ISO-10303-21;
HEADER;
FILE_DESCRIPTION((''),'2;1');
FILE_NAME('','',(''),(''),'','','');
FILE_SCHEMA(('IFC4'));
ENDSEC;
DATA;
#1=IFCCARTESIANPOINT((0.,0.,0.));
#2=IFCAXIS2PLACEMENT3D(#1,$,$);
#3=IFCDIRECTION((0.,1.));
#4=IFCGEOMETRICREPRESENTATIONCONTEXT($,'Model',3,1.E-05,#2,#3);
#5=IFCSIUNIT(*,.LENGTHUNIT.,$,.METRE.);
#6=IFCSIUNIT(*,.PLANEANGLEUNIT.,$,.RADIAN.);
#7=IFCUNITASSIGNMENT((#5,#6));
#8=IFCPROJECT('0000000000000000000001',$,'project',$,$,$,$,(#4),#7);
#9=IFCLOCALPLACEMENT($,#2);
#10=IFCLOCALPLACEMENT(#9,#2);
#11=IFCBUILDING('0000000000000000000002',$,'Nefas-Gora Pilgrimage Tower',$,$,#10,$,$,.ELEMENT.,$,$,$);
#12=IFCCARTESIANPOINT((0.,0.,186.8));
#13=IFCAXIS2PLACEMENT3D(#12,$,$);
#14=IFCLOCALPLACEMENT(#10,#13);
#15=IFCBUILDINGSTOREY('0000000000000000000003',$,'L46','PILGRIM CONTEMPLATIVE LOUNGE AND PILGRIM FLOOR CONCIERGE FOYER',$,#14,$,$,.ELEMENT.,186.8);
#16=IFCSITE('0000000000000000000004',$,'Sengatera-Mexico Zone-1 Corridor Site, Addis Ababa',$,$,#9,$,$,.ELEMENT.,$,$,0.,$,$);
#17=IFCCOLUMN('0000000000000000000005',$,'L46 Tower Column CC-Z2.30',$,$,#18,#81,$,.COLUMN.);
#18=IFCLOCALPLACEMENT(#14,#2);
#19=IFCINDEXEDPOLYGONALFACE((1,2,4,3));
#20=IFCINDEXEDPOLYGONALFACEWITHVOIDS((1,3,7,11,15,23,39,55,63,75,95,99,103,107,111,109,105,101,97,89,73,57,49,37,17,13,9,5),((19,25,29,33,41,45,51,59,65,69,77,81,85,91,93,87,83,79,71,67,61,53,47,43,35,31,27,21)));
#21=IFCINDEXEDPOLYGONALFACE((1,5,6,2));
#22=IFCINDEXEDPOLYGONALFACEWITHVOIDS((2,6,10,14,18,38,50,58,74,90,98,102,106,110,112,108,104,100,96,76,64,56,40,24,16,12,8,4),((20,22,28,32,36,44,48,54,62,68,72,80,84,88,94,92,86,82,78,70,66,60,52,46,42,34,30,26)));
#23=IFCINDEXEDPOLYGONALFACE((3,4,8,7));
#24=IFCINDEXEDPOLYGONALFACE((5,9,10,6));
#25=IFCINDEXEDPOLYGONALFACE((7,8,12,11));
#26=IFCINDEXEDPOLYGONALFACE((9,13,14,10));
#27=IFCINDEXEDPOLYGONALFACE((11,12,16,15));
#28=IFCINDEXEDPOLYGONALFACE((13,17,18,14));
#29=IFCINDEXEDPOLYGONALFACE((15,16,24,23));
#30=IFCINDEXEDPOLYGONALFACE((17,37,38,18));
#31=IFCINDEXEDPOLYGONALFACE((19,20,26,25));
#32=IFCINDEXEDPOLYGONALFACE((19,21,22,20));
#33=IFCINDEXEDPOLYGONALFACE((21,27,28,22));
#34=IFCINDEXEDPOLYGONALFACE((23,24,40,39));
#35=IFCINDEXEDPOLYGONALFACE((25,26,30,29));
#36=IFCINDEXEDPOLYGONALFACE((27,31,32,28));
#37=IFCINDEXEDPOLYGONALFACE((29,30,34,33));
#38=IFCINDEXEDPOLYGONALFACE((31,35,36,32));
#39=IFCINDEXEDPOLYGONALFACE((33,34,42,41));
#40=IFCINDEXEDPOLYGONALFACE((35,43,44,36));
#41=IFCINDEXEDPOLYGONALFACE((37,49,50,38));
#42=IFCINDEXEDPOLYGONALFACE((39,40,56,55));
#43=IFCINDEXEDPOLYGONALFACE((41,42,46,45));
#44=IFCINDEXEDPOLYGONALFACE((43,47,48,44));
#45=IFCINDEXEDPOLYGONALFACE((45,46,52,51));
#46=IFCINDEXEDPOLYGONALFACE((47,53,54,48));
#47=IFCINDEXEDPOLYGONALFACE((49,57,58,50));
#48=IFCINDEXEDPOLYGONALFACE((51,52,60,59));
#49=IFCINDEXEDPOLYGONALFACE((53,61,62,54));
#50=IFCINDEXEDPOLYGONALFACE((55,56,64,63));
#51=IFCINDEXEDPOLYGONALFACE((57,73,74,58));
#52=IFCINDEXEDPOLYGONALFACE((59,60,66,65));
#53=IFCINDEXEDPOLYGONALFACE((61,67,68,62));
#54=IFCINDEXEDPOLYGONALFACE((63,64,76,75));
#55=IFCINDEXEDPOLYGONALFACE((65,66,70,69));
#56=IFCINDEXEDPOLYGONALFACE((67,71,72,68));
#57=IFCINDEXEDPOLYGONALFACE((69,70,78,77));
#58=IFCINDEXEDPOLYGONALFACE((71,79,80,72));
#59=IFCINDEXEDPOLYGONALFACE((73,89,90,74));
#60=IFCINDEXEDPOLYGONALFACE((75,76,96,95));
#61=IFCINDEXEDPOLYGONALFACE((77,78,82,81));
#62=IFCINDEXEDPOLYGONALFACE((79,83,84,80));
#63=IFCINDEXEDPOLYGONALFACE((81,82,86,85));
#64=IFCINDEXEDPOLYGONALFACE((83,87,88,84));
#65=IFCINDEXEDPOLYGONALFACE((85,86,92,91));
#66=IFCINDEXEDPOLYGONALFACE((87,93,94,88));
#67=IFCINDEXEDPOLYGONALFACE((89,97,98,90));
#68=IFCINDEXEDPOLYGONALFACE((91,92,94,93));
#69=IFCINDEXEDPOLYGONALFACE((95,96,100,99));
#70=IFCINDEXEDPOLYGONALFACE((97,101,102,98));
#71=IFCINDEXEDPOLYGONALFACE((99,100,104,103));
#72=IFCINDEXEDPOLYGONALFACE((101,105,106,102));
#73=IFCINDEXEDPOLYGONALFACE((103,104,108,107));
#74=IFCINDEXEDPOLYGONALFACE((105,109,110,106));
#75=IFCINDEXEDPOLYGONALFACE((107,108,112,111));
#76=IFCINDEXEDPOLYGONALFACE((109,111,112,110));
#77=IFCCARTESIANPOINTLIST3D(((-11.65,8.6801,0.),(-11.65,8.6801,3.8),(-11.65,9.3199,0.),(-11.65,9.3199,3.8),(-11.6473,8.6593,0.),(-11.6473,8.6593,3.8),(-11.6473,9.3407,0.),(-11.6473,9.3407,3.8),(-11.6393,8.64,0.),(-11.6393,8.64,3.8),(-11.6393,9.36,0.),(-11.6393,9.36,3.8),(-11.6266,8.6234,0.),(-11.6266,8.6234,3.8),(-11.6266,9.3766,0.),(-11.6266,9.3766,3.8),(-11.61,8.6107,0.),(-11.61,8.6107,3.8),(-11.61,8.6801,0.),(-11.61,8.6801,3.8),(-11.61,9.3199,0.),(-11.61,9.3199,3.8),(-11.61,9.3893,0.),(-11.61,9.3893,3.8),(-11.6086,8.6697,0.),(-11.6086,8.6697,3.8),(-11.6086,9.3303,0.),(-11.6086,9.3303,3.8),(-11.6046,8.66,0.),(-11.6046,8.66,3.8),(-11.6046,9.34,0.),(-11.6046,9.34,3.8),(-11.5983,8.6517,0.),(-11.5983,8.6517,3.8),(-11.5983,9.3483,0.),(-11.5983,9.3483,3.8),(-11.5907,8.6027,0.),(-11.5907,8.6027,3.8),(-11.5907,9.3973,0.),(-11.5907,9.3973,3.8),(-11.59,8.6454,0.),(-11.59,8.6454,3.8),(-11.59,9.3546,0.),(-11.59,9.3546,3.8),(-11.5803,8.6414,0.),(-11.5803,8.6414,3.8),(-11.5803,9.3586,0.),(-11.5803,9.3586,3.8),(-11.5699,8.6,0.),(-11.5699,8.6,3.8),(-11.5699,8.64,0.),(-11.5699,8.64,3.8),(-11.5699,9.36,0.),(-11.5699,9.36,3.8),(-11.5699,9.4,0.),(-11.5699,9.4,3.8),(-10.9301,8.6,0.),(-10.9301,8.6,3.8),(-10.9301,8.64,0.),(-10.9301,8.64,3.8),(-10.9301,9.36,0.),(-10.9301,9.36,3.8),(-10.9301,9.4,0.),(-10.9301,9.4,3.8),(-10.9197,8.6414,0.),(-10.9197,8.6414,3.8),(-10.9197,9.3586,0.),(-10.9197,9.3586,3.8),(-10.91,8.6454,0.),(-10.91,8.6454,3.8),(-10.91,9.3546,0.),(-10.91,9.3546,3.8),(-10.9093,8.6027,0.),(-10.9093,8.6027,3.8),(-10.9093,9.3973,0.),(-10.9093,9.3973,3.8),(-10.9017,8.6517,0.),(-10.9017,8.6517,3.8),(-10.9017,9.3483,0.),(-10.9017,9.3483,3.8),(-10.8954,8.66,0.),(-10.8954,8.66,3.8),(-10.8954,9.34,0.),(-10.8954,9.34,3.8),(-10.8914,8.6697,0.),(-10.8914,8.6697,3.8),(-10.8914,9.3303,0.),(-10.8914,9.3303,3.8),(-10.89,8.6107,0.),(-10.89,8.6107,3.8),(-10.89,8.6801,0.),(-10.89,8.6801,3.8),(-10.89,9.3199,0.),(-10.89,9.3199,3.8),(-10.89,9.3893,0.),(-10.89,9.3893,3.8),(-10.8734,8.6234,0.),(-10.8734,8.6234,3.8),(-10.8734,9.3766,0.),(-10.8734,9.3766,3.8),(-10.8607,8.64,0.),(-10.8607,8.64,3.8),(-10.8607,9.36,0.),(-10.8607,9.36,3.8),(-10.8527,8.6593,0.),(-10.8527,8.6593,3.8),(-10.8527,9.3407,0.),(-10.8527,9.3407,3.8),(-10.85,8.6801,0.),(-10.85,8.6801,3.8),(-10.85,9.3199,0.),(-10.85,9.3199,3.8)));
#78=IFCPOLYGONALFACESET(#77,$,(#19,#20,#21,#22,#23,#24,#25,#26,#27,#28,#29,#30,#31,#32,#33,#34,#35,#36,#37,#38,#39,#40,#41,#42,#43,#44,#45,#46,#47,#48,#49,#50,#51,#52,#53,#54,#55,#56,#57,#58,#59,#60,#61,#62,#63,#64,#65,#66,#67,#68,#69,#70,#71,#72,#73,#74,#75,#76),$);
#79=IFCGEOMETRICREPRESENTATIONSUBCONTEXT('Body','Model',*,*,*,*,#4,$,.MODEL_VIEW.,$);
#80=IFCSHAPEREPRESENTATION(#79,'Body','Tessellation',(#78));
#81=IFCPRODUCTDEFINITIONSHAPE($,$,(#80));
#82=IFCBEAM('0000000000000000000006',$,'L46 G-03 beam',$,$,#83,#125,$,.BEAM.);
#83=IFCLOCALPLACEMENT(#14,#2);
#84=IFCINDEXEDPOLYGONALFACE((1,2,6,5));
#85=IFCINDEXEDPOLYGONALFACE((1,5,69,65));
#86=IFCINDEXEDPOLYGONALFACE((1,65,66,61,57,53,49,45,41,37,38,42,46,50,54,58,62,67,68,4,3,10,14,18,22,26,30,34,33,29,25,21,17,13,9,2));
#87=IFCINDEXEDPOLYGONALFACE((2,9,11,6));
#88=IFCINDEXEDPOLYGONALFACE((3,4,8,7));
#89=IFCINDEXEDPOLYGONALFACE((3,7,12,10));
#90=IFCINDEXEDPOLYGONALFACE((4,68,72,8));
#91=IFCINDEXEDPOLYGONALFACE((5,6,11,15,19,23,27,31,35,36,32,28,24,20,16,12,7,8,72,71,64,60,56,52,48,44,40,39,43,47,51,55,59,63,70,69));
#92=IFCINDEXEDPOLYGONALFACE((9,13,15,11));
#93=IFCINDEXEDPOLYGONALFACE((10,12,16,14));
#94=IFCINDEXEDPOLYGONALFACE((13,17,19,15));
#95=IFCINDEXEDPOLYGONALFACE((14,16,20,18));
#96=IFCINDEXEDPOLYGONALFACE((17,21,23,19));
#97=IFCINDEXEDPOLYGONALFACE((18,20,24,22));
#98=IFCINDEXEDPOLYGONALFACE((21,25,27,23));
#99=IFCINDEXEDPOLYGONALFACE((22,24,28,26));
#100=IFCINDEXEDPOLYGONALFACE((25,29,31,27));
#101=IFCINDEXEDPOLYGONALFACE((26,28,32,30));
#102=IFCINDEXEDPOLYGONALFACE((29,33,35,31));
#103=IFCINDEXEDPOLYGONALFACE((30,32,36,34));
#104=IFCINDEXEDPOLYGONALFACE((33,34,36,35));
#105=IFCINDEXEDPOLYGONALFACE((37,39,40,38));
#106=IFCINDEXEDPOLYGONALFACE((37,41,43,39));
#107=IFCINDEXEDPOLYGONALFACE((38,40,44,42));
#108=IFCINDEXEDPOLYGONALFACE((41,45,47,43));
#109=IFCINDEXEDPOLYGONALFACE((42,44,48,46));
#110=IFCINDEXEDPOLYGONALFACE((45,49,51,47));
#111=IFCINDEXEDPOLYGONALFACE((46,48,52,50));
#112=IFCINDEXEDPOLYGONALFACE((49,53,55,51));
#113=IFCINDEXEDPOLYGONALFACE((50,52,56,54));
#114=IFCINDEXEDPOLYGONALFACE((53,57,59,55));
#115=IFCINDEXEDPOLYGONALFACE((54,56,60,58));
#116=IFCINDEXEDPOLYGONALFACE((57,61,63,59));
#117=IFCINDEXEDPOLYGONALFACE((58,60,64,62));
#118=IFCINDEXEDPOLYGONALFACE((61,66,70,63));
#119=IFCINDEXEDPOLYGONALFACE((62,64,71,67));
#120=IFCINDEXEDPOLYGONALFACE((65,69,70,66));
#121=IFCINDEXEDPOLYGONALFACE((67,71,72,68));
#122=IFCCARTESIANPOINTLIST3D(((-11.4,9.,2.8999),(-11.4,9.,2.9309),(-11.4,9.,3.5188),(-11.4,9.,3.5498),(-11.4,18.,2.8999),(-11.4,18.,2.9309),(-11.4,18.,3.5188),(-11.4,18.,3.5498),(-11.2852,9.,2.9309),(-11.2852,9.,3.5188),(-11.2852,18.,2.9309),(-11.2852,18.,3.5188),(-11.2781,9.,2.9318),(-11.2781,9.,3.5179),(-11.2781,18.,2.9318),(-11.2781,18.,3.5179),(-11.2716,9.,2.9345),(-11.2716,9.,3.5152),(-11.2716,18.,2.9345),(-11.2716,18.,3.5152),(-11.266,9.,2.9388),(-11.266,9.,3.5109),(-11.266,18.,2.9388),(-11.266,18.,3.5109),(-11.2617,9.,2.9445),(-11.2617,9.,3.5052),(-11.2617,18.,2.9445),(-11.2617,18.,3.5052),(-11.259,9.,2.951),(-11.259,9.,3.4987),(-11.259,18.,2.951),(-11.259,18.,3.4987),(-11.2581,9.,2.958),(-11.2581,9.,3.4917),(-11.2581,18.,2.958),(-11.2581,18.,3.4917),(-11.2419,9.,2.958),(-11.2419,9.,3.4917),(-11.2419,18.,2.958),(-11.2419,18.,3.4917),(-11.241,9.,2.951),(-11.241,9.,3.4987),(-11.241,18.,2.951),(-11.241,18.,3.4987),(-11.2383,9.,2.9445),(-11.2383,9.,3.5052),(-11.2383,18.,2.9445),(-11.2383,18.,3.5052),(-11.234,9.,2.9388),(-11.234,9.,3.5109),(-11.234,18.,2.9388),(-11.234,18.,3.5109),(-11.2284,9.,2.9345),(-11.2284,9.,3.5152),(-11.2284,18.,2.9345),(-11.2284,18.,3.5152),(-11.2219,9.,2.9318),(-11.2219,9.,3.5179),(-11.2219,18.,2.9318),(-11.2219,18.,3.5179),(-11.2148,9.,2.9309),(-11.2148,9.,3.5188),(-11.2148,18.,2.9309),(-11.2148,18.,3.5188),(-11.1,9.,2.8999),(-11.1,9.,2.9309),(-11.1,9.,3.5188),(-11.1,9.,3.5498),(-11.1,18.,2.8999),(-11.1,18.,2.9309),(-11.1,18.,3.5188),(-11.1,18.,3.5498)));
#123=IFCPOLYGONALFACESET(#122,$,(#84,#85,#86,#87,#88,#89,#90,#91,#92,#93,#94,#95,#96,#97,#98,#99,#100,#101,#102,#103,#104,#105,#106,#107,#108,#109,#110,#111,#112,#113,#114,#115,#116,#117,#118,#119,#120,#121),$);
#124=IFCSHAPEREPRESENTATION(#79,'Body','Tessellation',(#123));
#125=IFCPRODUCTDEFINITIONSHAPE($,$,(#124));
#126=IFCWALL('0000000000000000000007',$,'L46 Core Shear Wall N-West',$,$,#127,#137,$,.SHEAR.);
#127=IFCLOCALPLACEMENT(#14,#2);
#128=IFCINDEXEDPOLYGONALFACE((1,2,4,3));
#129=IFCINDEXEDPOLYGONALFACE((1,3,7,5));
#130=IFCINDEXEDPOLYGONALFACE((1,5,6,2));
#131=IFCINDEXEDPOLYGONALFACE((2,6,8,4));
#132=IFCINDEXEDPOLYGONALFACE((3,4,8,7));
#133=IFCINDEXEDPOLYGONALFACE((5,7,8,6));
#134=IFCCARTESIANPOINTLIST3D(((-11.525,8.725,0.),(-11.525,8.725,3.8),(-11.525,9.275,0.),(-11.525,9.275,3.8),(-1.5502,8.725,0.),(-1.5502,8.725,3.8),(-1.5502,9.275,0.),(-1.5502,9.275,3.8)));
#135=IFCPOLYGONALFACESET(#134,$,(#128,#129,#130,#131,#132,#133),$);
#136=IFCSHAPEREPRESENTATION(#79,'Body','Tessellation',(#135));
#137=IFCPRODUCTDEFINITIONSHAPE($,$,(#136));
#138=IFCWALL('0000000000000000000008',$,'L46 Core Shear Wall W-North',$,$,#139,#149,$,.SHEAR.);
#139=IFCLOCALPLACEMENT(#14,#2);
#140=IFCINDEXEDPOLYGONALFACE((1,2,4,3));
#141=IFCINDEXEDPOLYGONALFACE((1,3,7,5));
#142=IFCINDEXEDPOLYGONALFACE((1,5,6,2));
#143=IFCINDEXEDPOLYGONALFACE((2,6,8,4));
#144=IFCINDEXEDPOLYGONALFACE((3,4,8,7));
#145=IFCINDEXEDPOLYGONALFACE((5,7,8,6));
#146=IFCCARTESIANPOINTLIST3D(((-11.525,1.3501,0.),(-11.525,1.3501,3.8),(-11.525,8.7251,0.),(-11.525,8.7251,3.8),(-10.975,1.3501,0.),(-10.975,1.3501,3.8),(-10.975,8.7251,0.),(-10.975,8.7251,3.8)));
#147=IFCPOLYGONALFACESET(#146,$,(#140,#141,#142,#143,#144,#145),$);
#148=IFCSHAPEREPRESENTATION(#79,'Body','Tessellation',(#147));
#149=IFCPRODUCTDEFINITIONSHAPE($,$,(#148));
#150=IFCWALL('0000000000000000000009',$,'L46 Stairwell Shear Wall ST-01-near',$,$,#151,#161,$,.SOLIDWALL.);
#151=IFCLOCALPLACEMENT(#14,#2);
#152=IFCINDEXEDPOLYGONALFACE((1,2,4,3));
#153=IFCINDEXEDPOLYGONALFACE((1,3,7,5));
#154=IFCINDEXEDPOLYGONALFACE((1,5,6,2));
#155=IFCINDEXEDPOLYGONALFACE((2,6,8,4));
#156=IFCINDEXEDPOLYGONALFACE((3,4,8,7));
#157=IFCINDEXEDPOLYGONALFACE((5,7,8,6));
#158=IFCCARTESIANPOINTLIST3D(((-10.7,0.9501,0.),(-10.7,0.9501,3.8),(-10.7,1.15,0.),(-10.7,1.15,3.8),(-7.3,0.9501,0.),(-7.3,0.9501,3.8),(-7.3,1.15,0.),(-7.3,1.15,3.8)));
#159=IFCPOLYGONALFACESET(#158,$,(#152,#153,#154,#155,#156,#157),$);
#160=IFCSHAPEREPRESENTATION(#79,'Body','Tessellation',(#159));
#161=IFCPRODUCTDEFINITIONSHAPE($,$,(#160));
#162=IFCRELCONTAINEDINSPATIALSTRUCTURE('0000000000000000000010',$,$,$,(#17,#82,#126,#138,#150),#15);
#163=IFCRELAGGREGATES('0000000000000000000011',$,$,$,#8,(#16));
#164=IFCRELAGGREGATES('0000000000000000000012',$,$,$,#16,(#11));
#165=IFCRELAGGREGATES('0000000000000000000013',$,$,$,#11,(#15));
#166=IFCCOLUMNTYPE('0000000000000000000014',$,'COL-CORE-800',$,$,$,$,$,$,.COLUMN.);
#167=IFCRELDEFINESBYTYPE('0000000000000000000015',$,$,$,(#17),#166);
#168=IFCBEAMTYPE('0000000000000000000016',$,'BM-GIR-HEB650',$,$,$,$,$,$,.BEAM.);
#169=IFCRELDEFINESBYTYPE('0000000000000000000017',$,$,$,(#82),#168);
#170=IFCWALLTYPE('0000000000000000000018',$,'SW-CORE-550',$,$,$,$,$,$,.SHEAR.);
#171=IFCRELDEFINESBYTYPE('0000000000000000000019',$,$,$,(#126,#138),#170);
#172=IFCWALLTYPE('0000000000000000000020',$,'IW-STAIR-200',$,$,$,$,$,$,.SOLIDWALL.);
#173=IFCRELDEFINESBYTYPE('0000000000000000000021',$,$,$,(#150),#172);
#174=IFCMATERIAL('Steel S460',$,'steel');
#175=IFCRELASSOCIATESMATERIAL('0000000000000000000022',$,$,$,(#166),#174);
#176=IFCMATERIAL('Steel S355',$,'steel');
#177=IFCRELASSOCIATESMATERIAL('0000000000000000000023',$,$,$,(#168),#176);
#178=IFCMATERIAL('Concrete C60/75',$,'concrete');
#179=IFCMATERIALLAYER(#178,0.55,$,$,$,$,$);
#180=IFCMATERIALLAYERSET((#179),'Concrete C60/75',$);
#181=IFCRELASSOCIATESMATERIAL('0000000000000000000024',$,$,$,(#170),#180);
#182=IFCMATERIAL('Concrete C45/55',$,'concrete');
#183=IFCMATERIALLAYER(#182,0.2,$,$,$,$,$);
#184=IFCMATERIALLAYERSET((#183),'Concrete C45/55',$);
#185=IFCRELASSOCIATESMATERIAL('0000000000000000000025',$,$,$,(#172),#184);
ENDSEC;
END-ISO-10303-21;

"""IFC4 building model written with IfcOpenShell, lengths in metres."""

from ifc_helpers import new_model, si_unit, direction, frame, frame_2d, origin, origin_2d, place, context, subcontext, project, spatial, rectangle, hollow_rectangle, i_section, extrude, source, transform, mapped, material, layer, layer_set, material_profile, profile_set, type_object, element, save


model = new_model("IFC4")

# Units and contexts
model_context = context("Model", 3, precision=1e-05, world=origin(), true_north=direction((0.0, 1.0)))
body_context = subcontext(model_context, "Body", "Model", "MODEL_VIEW")
ifc_project = project(units=[si_unit("LENGTHUNIT", "METRE"), si_unit("PLANEANGLEUNIT", "RADIAN")], contexts=[model_context])

# Site, building, storey
site_placement = place(None, origin())
site = spatial("IfcSite", under=ifc_project, at=site_placement, Name="Sengatera-Mexico Zone-1 Corridor Site, Addis Ababa", CompositionType="ELEMENT", RefElevation=0.0)
building_placement = place(site_placement, origin())
building = spatial("IfcBuilding", under=site, at=building_placement, Name="Nefas-Gora Pilgrimage Tower", CompositionType="ELEMENT")
storey_placement = place(building_placement, frame((0.0, 0.0, 186.8)))
storey = spatial("IfcBuildingStorey", under=building, at=storey_placement, Name="L46", Description="PILGRIM CONTEMPLATIVE LOUNGE AND PILGRIM FLOOR CONCIERGE FOYER", CompositionType="ELEMENT", Elevation=186.8)

# Column
ifc_material_1 = material(Name="Steel S460", Category="steel")
ifc_material_profile_1 = material_profile(ifc_material_1, hollow_rectangle(XDim=0.8, YDim=0.8, WallThickness=0.04, InnerFilletRadius=0.04, OuterFilletRadius=0.0801, at=origin_2d()), Name="BOX 800x800x40")
ifc_profile_set_1 = profile_set([ifc_material_profile_1], Name="Steel S460")
column_type = type_object("IfcColumnType", Name="COL-CORE-800", PredefinedType="COLUMN", material=ifc_profile_set_1)
shared_shape_1 = source(origin(), body_context, "Body", "SweptSolid", [
    extrude(hollow_rectangle(XDim=0.8, YDim=0.8, WallThickness=0.04, InnerFilletRadius=0.04, OuterFilletRadius=0.0801, at=origin_2d()), origin(), (0.0, 0.0, 1.0), 3.8),
])
column_placement = place(storey_placement, frame((-11.25, 9.0, 0.0), z_axis=(0.0, 0.0, 1.0), x_axis=(1.0, 0.0, 0.0)))
element("IfcColumn", 1, at=column_placement, inside=storey, type_object=column_type, Name="L46 Tower Column CC-Z2.30", PredefinedType="COLUMN", context=body_context, shape_type="MappedRepresentation", body=[
    mapped(shared_shape_1, transform((0.0, 0.0, 0.0), x_axis=(1.0, 0.0, 0.0), y_axis=(0.0, 1.0, 0.0), z_axis=(0.0, 0.0, 1.0), scale=1.0)),
])

# Beam
ifc_material_2 = material(Name="Steel S355", Category="steel")
ifc_material_profile_2 = material_profile(ifc_material_2, i_section(OverallWidth=0.3, OverallDepth=0.6499, WebThickness=0.0161, FlangeThickness=0.031, FilletRadius=0.0271, at=origin_2d()), Name="HEB 650")
ifc_profile_set_2 = profile_set([ifc_material_profile_2], Name="Steel S355")
beam_type = type_object("IfcBeamType", Name="BM-GIR-HEB650", PredefinedType="BEAM", material=ifc_profile_set_2)
shared_shape_2 = source(origin(), body_context, "Body", "SweptSolid", [
    extrude(i_section(OverallWidth=0.3, OverallDepth=0.6499, WebThickness=0.0161, FlangeThickness=0.031, FilletRadius=0.0271, at=origin_2d()), origin(), (0.0, 0.0, 1.0), 9.0),
])
beam_placement = place(storey_placement, frame((-11.25, 9.0, 3.2249), z_axis=(0.0, 1.0, 0.0), x_axis=(-1.0, 0.0, 0.0)))
element("IfcBeam", 2, at=beam_placement, inside=storey, type_object=beam_type, Name="L46 G-03 beam", PredefinedType="BEAM", context=body_context, shape_type="MappedRepresentation", body=[
    mapped(shared_shape_2, transform((0.0, 0.0, 0.0), x_axis=(1.0, 0.0, 0.0), y_axis=(0.0, 1.0, 0.0), z_axis=(0.0, 0.0, 1.0), scale=1.0)),
])

# Walls
ifc_material_3 = material(Name="Concrete C60/75", Category="concrete")
ifc_layer_1 = layer(ifc_material_3, 0.55)
ifc_layer_set_1 = layer_set([ifc_layer_1], Name="Concrete C60/75")
wall_type_1 = type_object("IfcWallType", Name="SW-CORE-550", PredefinedType="SHEAR", material=ifc_layer_set_1)
shared_shape_3 = source(origin(), body_context, "Body", "SweptSolid", [
    extrude(rectangle(XDim=9.9749, YDim=0.55, at=frame_2d((4.9873, 0.0))), origin(), (0.0, 0.0, 1.0), 3.8),
])
wall_1_placement = place(storey_placement, frame((-11.5249, 9.0, 0.0), z_axis=(0.0, 0.0, 1.0), x_axis=(1.0, 0.0, 0.0)))
element("IfcWall", 3, at=wall_1_placement, inside=storey, type_object=wall_type_1, Name="L46 Core Shear Wall N-West", PredefinedType="SHEAR", context=body_context, shape_type="MappedRepresentation", body=[
    mapped(shared_shape_3, transform((0.0, 0.0, 0.0), x_axis=(1.0, 0.0, 0.0), y_axis=(0.0, 1.0, 0.0), z_axis=(0.0, 0.0, 1.0), scale=1.0)),
])
shared_shape_4 = source(origin(), body_context, "Body", "SweptSolid", [
    extrude(rectangle(XDim=7.375, YDim=0.55, at=frame_2d((3.6875, 0.0))), origin(), (0.0, 0.0, 1.0), 3.8),
])
wall_2_placement = place(storey_placement, frame((-11.25, 1.3501, 0.0), z_axis=(0.0, 0.0, 1.0), x_axis=(0.0, 1.0, 0.0)))
element("IfcWall", 4, at=wall_2_placement, inside=storey, type_object=wall_type_1, Name="L46 Core Shear Wall W-North", PredefinedType="SHEAR", context=body_context, shape_type="MappedRepresentation", body=[
    mapped(shared_shape_4, transform((0.0, 0.0, 0.0), x_axis=(1.0, 0.0, 0.0), y_axis=(0.0, 1.0, 0.0), z_axis=(0.0, 0.0, 1.0), scale=1.0)),
])
ifc_material_4 = material(Name="Concrete C45/55", Category="concrete")
ifc_layer_2 = layer(ifc_material_4, 0.2)
ifc_layer_set_2 = layer_set([ifc_layer_2], Name="Concrete C45/55")
wall_type_2 = type_object("IfcWallType", Name="IW-STAIR-200", PredefinedType="SOLIDWALL", material=ifc_layer_set_2)
shared_shape_5 = source(origin(), body_context, "Body", "SweptSolid", [
    extrude(rectangle(XDim=3.3999, YDim=0.2, at=frame_2d((1.7, 0.0))), origin(), (0.0, 0.0, 1.0), 3.8),
])
wall_3_placement = place(storey_placement, frame((-7.3, 1.05, 0.0), z_axis=(0.0, 0.0, 1.0), x_axis=(-1.0, 0.0, 0.0)))
element("IfcWall", 5, at=wall_3_placement, inside=storey, type_object=wall_type_2, Name="L46 Stairwell Shear Wall ST-01-near", PredefinedType="SOLIDWALL", context=body_context, shape_type="MappedRepresentation", body=[
    mapped(shared_shape_5, transform((0.0, 0.0, 0.0), x_axis=(1.0, 0.0, 0.0), y_axis=(0.0, 1.0, 0.0), z_axis=(0.0, 0.0, 1.0), scale=1.0)),
])

save(model, "model.ifc")
